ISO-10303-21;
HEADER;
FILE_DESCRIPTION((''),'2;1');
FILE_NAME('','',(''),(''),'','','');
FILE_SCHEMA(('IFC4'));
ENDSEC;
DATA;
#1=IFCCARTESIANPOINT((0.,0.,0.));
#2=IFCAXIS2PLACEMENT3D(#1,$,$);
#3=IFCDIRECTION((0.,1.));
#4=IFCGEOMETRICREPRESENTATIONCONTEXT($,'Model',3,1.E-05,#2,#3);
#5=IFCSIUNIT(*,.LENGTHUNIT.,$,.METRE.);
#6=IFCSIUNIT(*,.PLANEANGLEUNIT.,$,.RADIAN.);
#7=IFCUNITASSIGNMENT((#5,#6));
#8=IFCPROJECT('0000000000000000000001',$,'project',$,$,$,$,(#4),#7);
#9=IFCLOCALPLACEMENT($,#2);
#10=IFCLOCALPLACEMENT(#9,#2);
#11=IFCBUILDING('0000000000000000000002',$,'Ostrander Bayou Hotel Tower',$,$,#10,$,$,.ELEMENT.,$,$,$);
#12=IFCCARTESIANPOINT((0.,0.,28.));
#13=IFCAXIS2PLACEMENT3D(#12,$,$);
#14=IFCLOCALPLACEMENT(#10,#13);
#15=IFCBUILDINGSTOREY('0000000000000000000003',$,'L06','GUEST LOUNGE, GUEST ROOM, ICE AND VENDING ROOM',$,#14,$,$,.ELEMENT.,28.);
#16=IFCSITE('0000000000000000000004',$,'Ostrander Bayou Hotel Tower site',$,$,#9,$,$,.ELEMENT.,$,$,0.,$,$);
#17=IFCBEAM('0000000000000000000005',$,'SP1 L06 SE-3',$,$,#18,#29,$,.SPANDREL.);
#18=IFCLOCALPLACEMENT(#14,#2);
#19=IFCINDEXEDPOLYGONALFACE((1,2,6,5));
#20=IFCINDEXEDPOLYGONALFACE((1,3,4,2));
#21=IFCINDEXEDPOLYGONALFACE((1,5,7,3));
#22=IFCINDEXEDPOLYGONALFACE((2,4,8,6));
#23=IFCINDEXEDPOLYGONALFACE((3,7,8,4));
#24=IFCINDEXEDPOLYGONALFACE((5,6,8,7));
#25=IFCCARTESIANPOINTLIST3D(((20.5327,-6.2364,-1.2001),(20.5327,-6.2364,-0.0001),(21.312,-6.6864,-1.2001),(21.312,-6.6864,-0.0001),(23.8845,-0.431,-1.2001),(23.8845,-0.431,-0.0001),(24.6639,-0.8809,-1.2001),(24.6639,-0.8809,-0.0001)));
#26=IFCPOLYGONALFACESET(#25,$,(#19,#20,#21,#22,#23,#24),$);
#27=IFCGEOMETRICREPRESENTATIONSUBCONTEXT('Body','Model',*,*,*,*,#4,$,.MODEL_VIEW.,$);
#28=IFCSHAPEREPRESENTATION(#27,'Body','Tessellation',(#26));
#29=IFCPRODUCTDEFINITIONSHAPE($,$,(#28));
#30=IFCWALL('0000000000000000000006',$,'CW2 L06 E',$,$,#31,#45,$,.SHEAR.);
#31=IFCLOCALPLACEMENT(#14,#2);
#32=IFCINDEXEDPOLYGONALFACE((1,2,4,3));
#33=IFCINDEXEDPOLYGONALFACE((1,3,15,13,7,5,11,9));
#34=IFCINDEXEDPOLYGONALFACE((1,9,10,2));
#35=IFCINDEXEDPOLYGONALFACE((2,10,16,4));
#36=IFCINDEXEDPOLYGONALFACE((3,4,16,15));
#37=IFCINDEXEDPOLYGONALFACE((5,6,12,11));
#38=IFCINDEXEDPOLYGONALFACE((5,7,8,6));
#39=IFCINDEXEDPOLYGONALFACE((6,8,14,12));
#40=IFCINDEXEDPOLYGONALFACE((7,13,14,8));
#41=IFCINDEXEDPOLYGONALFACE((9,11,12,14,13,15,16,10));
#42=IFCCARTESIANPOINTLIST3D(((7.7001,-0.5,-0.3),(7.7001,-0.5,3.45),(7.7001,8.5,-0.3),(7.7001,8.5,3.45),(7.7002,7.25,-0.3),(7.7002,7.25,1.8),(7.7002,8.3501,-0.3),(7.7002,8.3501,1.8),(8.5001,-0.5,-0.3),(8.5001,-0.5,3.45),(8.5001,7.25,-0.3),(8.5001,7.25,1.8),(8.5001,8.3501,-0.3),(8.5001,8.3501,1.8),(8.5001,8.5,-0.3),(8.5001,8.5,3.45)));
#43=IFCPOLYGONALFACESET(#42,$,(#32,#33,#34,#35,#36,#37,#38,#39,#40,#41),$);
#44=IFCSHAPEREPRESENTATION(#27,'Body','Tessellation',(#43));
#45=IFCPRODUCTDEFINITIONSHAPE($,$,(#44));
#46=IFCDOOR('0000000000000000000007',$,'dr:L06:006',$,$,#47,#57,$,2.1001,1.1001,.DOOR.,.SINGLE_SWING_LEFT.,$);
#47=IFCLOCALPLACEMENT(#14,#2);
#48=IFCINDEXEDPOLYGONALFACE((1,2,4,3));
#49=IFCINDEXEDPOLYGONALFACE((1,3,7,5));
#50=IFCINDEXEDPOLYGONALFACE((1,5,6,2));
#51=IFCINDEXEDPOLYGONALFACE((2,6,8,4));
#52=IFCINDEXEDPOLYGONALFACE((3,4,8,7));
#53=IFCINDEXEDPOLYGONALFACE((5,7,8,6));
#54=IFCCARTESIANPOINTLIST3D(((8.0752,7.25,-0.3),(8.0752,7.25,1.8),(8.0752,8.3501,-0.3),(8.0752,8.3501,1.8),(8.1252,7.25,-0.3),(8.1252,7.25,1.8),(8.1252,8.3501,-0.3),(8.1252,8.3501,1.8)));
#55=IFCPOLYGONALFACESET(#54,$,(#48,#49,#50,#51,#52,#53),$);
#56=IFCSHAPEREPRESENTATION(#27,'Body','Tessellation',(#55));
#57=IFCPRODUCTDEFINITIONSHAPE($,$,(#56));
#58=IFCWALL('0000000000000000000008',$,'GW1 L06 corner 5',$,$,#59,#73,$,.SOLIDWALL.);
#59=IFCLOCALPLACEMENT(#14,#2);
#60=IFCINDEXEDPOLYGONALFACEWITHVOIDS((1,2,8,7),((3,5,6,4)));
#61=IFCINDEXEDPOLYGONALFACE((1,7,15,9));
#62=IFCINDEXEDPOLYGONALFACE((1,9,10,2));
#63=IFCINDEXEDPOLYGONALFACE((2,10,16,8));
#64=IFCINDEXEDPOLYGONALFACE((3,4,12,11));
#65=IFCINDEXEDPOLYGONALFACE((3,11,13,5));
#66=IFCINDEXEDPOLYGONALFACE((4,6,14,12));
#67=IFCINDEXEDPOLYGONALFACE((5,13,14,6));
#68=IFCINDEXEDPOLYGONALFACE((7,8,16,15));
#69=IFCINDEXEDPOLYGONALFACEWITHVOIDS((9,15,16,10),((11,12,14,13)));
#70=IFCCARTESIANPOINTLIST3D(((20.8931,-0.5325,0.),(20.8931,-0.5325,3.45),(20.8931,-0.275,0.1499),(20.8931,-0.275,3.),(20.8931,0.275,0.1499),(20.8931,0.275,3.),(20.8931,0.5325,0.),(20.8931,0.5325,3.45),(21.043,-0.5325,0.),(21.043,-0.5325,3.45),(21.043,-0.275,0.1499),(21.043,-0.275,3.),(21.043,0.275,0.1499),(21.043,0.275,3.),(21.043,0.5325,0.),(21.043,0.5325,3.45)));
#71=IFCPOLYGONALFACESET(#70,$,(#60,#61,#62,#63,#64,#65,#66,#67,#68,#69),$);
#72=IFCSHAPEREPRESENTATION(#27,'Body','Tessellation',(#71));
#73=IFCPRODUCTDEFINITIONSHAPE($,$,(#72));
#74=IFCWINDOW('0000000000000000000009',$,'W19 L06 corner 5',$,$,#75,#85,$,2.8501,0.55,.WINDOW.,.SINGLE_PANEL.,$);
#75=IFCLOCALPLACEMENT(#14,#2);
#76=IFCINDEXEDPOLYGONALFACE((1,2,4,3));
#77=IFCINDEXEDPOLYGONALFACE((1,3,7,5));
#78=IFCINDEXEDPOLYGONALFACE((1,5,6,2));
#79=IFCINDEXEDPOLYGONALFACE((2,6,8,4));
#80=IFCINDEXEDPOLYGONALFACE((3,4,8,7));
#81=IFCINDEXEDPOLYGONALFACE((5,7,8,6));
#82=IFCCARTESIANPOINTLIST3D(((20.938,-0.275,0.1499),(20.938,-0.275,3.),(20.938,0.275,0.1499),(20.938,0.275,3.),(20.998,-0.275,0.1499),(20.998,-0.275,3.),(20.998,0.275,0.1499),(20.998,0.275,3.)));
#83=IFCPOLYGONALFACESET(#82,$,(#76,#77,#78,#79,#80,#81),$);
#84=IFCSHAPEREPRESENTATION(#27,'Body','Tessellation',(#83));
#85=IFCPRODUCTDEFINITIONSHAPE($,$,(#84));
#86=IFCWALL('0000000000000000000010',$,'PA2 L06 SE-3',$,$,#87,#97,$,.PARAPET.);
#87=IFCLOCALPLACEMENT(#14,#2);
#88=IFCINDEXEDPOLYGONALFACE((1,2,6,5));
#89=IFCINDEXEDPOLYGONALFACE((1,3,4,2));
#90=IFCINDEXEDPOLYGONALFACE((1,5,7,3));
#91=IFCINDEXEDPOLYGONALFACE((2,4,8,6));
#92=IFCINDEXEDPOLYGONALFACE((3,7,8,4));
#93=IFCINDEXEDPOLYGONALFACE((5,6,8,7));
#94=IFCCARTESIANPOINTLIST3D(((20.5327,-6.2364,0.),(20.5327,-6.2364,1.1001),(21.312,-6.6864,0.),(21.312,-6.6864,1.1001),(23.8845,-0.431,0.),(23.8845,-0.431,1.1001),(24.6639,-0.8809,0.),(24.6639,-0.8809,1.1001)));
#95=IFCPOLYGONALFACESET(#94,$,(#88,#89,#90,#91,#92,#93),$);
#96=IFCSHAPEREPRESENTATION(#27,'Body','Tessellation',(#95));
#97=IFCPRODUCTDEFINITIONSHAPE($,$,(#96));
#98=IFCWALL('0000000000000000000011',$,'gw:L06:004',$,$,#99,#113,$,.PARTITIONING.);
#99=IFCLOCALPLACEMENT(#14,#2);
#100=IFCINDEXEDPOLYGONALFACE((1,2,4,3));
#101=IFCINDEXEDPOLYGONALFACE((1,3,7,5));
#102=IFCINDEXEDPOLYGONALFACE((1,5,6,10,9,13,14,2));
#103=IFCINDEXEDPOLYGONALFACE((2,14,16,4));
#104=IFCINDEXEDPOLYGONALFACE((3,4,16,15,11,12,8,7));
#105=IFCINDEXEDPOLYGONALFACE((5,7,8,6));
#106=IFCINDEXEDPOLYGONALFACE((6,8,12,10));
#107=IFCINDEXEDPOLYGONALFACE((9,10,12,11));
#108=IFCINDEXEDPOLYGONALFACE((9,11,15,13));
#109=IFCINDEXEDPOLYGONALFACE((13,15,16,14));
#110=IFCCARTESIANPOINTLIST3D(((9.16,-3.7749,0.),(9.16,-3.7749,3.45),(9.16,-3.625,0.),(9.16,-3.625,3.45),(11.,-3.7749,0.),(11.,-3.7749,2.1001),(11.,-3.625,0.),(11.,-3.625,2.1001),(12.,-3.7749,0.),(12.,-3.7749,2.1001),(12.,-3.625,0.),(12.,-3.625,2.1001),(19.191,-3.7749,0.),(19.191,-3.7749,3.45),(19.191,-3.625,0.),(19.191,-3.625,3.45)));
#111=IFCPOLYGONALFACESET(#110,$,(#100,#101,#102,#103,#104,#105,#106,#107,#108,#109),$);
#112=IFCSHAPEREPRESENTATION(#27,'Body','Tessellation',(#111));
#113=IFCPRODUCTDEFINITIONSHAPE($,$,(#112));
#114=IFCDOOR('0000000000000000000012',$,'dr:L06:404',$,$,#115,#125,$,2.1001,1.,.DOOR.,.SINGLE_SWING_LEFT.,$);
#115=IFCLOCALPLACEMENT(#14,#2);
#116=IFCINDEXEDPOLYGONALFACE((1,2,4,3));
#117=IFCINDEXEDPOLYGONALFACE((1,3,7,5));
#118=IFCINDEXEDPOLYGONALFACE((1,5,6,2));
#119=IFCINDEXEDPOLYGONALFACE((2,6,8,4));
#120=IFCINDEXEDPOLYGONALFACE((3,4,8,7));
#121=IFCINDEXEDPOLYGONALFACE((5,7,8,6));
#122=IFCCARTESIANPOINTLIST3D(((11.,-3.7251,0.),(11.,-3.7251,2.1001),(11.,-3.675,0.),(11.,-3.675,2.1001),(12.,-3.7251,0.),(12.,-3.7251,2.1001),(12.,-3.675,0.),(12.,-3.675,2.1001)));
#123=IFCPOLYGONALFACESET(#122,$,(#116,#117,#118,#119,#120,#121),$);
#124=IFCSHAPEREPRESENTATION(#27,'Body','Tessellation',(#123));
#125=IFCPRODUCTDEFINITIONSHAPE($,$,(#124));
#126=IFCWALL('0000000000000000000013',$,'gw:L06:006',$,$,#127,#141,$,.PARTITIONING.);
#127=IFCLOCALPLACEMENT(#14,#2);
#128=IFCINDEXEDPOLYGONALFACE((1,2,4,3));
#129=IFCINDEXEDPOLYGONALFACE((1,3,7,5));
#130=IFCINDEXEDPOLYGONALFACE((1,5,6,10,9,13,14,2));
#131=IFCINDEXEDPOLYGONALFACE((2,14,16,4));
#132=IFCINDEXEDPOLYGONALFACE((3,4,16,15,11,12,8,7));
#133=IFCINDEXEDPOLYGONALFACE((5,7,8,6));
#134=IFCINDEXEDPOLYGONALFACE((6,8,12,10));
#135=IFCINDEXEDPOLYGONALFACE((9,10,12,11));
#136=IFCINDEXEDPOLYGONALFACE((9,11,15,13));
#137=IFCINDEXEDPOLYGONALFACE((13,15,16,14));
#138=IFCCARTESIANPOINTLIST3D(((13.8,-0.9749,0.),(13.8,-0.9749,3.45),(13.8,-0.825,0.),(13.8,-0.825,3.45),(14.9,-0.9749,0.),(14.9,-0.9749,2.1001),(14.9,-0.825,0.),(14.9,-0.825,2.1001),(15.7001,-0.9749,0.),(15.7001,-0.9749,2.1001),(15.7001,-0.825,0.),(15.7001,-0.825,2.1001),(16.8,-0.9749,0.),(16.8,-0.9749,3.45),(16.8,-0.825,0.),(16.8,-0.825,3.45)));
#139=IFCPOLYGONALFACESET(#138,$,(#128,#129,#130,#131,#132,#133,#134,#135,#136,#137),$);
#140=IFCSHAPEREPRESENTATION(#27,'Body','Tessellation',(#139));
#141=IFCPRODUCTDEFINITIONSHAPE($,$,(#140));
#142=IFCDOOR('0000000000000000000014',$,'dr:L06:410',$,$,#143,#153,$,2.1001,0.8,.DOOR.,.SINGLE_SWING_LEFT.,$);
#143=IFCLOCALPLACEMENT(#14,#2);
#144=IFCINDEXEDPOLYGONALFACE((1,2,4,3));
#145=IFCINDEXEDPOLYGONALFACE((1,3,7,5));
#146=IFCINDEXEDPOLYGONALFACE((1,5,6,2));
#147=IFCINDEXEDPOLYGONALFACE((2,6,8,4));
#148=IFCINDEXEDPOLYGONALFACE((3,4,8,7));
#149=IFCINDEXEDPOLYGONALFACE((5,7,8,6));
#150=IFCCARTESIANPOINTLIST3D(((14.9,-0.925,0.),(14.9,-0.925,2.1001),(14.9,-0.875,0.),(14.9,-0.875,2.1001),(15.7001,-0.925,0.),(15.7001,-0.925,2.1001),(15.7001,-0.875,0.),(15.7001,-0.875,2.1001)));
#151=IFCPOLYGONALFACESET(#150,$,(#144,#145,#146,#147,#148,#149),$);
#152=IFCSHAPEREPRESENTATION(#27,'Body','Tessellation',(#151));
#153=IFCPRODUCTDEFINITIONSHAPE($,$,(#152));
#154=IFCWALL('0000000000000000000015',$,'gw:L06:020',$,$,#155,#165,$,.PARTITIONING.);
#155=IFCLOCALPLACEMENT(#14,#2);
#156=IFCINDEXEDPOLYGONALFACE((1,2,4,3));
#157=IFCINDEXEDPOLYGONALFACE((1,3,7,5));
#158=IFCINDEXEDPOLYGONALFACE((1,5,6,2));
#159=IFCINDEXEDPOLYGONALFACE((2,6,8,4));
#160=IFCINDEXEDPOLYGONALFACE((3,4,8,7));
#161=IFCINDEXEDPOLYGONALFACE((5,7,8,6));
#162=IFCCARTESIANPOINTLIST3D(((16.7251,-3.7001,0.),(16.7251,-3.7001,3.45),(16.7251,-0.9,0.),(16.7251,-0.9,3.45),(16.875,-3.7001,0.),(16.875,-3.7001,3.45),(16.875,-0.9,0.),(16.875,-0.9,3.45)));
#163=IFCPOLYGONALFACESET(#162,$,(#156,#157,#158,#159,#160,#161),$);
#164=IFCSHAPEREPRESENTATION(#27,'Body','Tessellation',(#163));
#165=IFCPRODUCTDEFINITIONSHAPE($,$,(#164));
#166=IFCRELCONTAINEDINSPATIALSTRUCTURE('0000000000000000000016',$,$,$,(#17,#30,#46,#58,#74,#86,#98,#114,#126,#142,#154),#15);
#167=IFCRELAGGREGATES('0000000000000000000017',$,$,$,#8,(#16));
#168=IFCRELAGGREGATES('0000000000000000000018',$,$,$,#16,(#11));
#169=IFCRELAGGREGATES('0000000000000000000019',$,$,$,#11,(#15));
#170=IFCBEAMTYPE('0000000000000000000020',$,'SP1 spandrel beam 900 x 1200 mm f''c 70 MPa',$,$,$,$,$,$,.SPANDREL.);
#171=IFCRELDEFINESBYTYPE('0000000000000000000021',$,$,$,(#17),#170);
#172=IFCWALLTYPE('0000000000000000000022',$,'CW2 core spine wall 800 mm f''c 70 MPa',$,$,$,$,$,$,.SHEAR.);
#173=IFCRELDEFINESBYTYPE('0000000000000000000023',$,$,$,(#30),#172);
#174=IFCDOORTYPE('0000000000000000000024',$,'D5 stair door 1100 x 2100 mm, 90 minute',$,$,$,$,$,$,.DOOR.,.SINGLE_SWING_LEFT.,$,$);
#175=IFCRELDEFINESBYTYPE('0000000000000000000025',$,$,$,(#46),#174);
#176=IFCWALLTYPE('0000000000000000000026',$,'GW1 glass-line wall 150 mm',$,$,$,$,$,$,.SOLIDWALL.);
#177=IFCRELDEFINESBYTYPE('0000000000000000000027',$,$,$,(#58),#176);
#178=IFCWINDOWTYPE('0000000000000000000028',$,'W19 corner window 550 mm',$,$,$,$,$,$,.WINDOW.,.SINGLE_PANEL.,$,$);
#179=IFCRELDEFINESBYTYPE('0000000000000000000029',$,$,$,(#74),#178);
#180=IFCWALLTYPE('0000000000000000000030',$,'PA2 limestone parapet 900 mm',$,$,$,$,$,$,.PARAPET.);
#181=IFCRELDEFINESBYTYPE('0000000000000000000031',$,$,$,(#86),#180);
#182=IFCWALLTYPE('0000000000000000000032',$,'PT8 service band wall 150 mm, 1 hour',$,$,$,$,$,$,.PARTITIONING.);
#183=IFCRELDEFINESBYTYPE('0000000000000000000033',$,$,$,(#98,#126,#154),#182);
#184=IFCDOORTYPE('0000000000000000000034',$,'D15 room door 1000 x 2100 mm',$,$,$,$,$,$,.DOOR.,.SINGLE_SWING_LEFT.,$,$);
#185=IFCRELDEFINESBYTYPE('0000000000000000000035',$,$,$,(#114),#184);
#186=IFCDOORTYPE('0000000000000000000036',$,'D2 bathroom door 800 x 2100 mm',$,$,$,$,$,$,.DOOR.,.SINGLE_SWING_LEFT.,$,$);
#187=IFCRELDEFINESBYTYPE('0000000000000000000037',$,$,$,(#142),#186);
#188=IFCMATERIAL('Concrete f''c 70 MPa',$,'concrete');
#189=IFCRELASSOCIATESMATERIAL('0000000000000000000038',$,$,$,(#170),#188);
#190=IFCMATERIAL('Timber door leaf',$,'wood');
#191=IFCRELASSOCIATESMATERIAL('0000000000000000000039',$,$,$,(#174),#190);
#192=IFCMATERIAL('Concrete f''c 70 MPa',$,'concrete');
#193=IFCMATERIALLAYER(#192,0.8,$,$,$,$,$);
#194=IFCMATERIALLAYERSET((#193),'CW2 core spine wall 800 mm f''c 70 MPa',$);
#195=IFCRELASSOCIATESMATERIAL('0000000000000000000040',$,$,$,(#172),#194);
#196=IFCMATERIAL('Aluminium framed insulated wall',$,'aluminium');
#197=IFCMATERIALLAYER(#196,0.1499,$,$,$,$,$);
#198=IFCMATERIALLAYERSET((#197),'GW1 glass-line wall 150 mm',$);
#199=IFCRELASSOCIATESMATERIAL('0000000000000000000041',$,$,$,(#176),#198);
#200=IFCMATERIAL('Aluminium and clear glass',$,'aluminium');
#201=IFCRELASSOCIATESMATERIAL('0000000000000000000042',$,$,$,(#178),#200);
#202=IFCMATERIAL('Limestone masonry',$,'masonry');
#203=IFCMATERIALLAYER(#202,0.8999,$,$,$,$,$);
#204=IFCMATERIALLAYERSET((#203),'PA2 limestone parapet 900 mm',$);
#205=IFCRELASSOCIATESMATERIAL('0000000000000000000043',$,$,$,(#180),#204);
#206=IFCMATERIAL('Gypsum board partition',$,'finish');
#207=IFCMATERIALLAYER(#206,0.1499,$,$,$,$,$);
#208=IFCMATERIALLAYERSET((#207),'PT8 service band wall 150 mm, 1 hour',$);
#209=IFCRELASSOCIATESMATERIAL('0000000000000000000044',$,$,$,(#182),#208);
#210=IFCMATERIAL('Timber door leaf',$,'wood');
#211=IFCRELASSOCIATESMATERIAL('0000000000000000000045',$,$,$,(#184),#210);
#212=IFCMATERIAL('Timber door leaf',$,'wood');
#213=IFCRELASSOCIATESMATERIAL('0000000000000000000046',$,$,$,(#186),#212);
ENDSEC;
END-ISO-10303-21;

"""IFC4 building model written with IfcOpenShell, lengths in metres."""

from ifc_helpers import new_model, si_unit, direction, frame, frame_2d, origin, origin_2d, place, context, subcontext, project, spatial, rectangle, extrude, material, layer, layer_set, material_profile, profile_set, type_object, element, fill, save


model = new_model("IFC4")

# Units and contexts
model_context = context("Model", 3, precision=1e-05, world=origin(), true_north=direction((0.0, 1.0)))
body_context = subcontext(model_context, "Body", "Model", "MODEL_VIEW")
ifc_project = project(units=[si_unit("LENGTHUNIT", "METRE"), si_unit("PLANEANGLEUNIT", "RADIAN")], contexts=[model_context])

# Site, building, storey
site_placement = place(None, origin())
site = spatial("IfcSite", under=ifc_project, at=site_placement, Name="Ostrander Bayou Hotel Tower site", CompositionType="ELEMENT", RefElevation=0.0)
building_placement = place(site_placement, origin())
building = spatial("IfcBuilding", under=site, at=building_placement, Name="Ostrander Bayou Hotel Tower", CompositionType="ELEMENT")
storey_placement = place(building_placement, frame((0.0, 0.0, 28.0)))
storey = spatial("IfcBuildingStorey", under=building, at=storey_placement, Name="L06", Description="GUEST LOUNGE, GUEST ROOM, ICE AND VENDING ROOM", CompositionType="ELEMENT", Elevation=28.0)

# Beam
ifc_material_1 = material(Name="Concrete f'c 70 MPa", Category="concrete")
ifc_material_profile = material_profile(ifc_material_1, rectangle(XDim=0.8999, YDim=1.2, at=origin_2d()))
ifc_profile_set = profile_set([ifc_material_profile], Name="Concrete f'c 70 MPa")
beam_type = type_object("IfcBeamType", Name="SP1 spandrel beam 900 x 1200 mm f'c 70 MPa", PredefinedType="SPANDREL", material=ifc_profile_set)
beam_placement = place(storey_placement, frame((20.9224, -6.4614, -0.6001), z_axis=(0.500005, 0.866022, 0.0), x_axis=(-0.866022, 0.500005, 0.0)))
element("IfcBeam", 1, at=beam_placement, inside=storey, type_object=beam_type, Name="SP1 L06 SE-3", PredefinedType="SPANDREL", context=body_context, shape_type="SweptSolid", body=[
    extrude(rectangle(XDim=0.8999, YDim=1.2, at=origin_2d()), origin(), (0.0, 0.0, 1.0), 6.7036),
])

# Shared definitions
ifc_material_2 = material(Name="Timber door leaf", Category="wood")
door_type_1 = type_object("IfcDoorType", Name="D5 stair door 1100 x 2100 mm, 90 minute", OperationType="SINGLE_SWING_LEFT", PredefinedType="DOOR", material=ifc_material_2)

# Wall, opening, door
ifc_material_3 = material(Name="Concrete f'c 70 MPa", Category="concrete")
ifc_layer_1 = layer(ifc_material_3, 0.8)
ifc_layer_set_1 = layer_set([ifc_layer_1], Name="CW2 core spine wall 800 mm f'c 70 MPa")
wall_type_1 = type_object("IfcWallType", Name="CW2 core spine wall 800 mm f'c 70 MPa", PredefinedType="SHEAR", material=ifc_layer_set_1)
wall_1_placement = place(storey_placement, frame((8.1001, -0.5, -0.3), z_axis=(0.0, 0.0, 1.0), x_axis=(0.0, 1.0, 0.0)))
wall_1 = element("IfcWall", 2, at=wall_1_placement, inside=storey, type_object=wall_type_1, Name="CW2 L06 E", PredefinedType="SHEAR", context=body_context, shape_type="SweptSolid", body=[
    extrude(rectangle(XDim=9.0, YDim=0.8, at=frame_2d((4.5, 0.0))), origin(), (0.0, 0.0, 1.0), 3.75),
])
opening_1_placement = place(wall_1_placement, frame((7.75, 0.0, 0.0)))
opening_1 = element("IfcOpeningElement", 3, at=opening_1_placement, cuts=wall_1, PredefinedType="OPENING", context=body_context, shape_type="SweptSolid", body=[
    extrude(rectangle(XDim=1.1001, YDim=2.1001, at=frame_2d((0.55, 1.05))), frame((0.0, 0.3999, 0.0), z_axis=(0.0, -1.0, 0.0), x_axis=(1.0, 0.0, 0.0)), (0.0, 0.0, 1.0), 0.8),
])
door_1_placement = place(opening_1_placement, origin())
door_1 = element("IfcDoor", 4, at=door_1_placement, inside=storey, type_object=door_type_1, Name="dr:L06:006", OperationType="SINGLE_SWING_LEFT", OverallHeight=2.1001, OverallWidth=1.1001, PredefinedType="DOOR", context=body_context, shape_type="SweptSolid", body=[
    extrude(rectangle(XDim=1.1001, YDim=2.1001, at=frame_2d((0.55, 1.05))), frame((0.0, 0.0249, 0.0), z_axis=(0.0, -1.0, 0.0), x_axis=(1.0, 0.0, 0.0)), (0.0, 0.0, 1.0), 0.05),
])
fill(opening_1, door_1)

# Wall, opening, window
ifc_material_4 = material(Name="Aluminium framed insulated wall", Category="aluminium")
ifc_layer_2 = layer(ifc_material_4, 0.1499)
ifc_layer_set_2 = layer_set([ifc_layer_2], Name="GW1 glass-line wall 150 mm")
wall_type_2 = type_object("IfcWallType", Name="GW1 glass-line wall 150 mm", PredefinedType="SOLIDWALL", material=ifc_layer_set_2)
wall_2_placement = place(storey_placement, frame((20.968, -0.5325, 0.0), z_axis=(0.0, 0.0, 1.0), x_axis=(0.0, 1.0, 0.0)))
wall_2 = element("IfcWall", 5, at=wall_2_placement, inside=storey, type_object=wall_type_2, Name="GW1 L06 corner 5", PredefinedType="SOLIDWALL", context=body_context, shape_type="SweptSolid", body=[
    extrude(rectangle(XDim=1.0649, YDim=0.1499, at=frame_2d((0.5325, 0.0))), origin(), (0.0, 0.0, 1.0), 3.45),
])
opening_2_placement = place(wall_2_placement, frame((0.2576, 0.0, 0.1499)))
opening_2 = element("IfcOpeningElement", 6, at=opening_2_placement, cuts=wall_2, PredefinedType="OPENING", context=body_context, shape_type="SweptSolid", body=[
    extrude(rectangle(XDim=0.55, YDim=2.8501, at=frame_2d((0.2749, 1.425))), frame((0.0, 0.075, 0.0), z_axis=(0.0, -1.0, 0.0), x_axis=(1.0, 0.0, 0.0)), (0.0, 0.0, 1.0), 0.1499),
])
ifc_material_5 = material(Name="Aluminium and clear glass", Category="aluminium")
window_type = type_object("IfcWindowType", Name="W19 corner window 550 mm", PartitioningType="SINGLE_PANEL", PredefinedType="WINDOW", material=ifc_material_5)
window_placement = place(opening_2_placement, origin())
window = element("IfcWindow", 7, at=window_placement, inside=storey, type_object=window_type, Name="W19 L06 corner 5", OverallHeight=2.8501, OverallWidth=0.55, PartitioningType="SINGLE_PANEL", PredefinedType="WINDOW", context=body_context, shape_type="SweptSolid", body=[
    extrude(rectangle(XDim=0.55, YDim=2.8501, at=frame_2d((0.2749, 1.425))), frame((0.0, 0.03, 0.0), z_axis=(0.0, -1.0, 0.0), x_axis=(1.0, 0.0, 0.0)), (0.0, 0.0, 1.0), 0.0601),
])
fill(opening_2, window)

# Wall
ifc_material_6 = material(Name="Limestone masonry", Category="masonry")
ifc_layer_3 = layer(ifc_material_6, 0.8999)
ifc_layer_set_3 = layer_set([ifc_layer_3], Name="PA2 limestone parapet 900 mm")
wall_type_3 = type_object("IfcWallType", Name="PA2 limestone parapet 900 mm", PredefinedType="PARAPET", material=ifc_layer_set_3)
wall_3_placement = place(storey_placement, frame((20.9224, -6.4614, 0.0), z_axis=(0.0, 0.0, 1.0), x_axis=(0.500005, 0.866022, 0.0)))
element("IfcWall", 8, at=wall_3_placement, inside=storey, type_object=wall_type_3, Name="PA2 L06 SE-3", PredefinedType="PARAPET", context=body_context, shape_type="SweptSolid", body=[
    extrude(rectangle(XDim=6.7036, YDim=0.8999, at=frame_2d((3.3518, 0.0))), origin(), (0.0, 0.0, 1.0), 1.1001),
])

# Walls, openings, doors
ifc_material_7 = material(Name="Gypsum board partition", Category="finish")
ifc_layer_4 = layer(ifc_material_7, 0.1499)
ifc_layer_set_4 = layer_set([ifc_layer_4], Name="PT8 service band wall 150 mm, 1 hour")
wall_type_4 = type_object("IfcWallType", Name="PT8 service band wall 150 mm, 1 hour", PredefinedType="PARTITIONING", material=ifc_layer_set_4)
wall_4_placement = place(storey_placement, frame((9.1599, -3.7, 0.0), z_axis=(0.0, 0.0, 1.0), x_axis=(1.0, 0.0, 0.0)))
wall_4 = element("IfcWall", 9, at=wall_4_placement, inside=storey, type_object=wall_type_4, Name="gw:L06:004", PredefinedType="PARTITIONING", context=body_context, shape_type="SweptSolid", body=[
    extrude(rectangle(XDim=10.031, YDim=0.1499, at=frame_2d((5.0156, 0.0))), origin(), (0.0, 0.0, 1.0), 3.45),
])
opening_3_placement = place(wall_4_placement, frame((1.8401, 0.0, 0.0)))
opening_3 = element("IfcOpeningElement", 10, at=opening_3_placement, cuts=wall_4, PredefinedType="OPENING", context=body_context, shape_type="SweptSolid", body=[
    extrude(rectangle(XDim=1.0, YDim=2.1001, at=frame_2d((0.5, 1.05))), frame((0.0, 0.075, 0.0), z_axis=(0.0, -1.0, 0.0), x_axis=(1.0, 0.0, 0.0)), (0.0, 0.0, 1.0), 0.1499),
])
ifc_material_8 = material(Name="Timber door leaf", Category="wood")
door_type_2 = type_object("IfcDoorType", Name="D15 room door 1000 x 2100 mm", OperationType="SINGLE_SWING_LEFT", PredefinedType="DOOR", material=ifc_material_8)
door_2_placement = place(opening_3_placement, origin())
door_2 = element("IfcDoor", 11, at=door_2_placement, inside=storey, type_object=door_type_2, Name="dr:L06:404", OperationType="SINGLE_SWING_LEFT", OverallHeight=2.1001, OverallWidth=1.0, PredefinedType="DOOR", context=body_context, shape_type="SweptSolid", body=[
    extrude(rectangle(XDim=1.0, YDim=2.1001, at=frame_2d((0.5, 1.05))), frame((0.0, 0.0249, 0.0), z_axis=(0.0, -1.0, 0.0), x_axis=(1.0, 0.0, 0.0)), (0.0, 0.0, 1.0), 0.05),
])
fill(opening_3, door_2)
wall_5_placement = place(storey_placement, frame((13.8, -0.8999, 0.0), z_axis=(0.0, 0.0, 1.0), x_axis=(1.0, 0.0, 0.0)))
wall_5 = element("IfcWall", 12, at=wall_5_placement, inside=storey, type_object=wall_type_4, Name="gw:L06:006", PredefinedType="PARTITIONING", context=body_context, shape_type="SweptSolid", body=[
    extrude(rectangle(XDim=3.0, YDim=0.1499, at=frame_2d((1.5, 0.0))), origin(), (0.0, 0.0, 1.0), 3.45),
])
opening_4_placement = place(wall_5_placement, frame((1.1001, 0.0, 0.0)))
opening_4 = element("IfcOpeningElement", 13, at=opening_4_placement, cuts=wall_5, PredefinedType="OPENING", context=body_context, shape_type="SweptSolid", body=[
    extrude(rectangle(XDim=0.8, YDim=2.1001, at=frame_2d((0.3999, 1.05))), frame((0.0, 0.075, 0.0), z_axis=(0.0, -1.0, 0.0), x_axis=(1.0, 0.0, 0.0)), (0.0, 0.0, 1.0), 0.1499),
])
ifc_material_9 = material(Name="Timber door leaf", Category="wood")
door_type_3 = type_object("IfcDoorType", Name="D2 bathroom door 800 x 2100 mm", OperationType="SINGLE_SWING_LEFT", PredefinedType="DOOR", material=ifc_material_9)
door_3_placement = place(opening_4_placement, origin())
door_3 = element("IfcDoor", 14, at=door_3_placement, inside=storey, type_object=door_type_3, Name="dr:L06:410", OperationType="SINGLE_SWING_LEFT", OverallHeight=2.1001, OverallWidth=0.8, PredefinedType="DOOR", context=body_context, shape_type="SweptSolid", body=[
    extrude(rectangle(XDim=0.8, YDim=2.1001, at=frame_2d((0.3999, 1.05))), frame((0.0, 0.0249, 0.0), z_axis=(0.0, -1.0, 0.0), x_axis=(1.0, 0.0, 0.0)), (0.0, 0.0, 1.0), 0.05),
])
fill(opening_4, door_3)

# Wall
wall_6_placement = place(storey_placement, frame((16.8, -3.7, 0.0), z_axis=(0.0, 0.0, 1.0), x_axis=(0.0, 1.0, 0.0)))
element("IfcWall", 15, at=wall_6_placement, inside=storey, type_object=wall_type_4, Name="gw:L06:020", PredefinedType="PARTITIONING", context=body_context, shape_type="SweptSolid", body=[
    extrude(rectangle(XDim=2.8, YDim=0.1499, at=frame_2d((1.3999, 0.0))), origin(), (0.0, 0.0, 1.0), 3.45),
])

save(model, "model.ifc")
